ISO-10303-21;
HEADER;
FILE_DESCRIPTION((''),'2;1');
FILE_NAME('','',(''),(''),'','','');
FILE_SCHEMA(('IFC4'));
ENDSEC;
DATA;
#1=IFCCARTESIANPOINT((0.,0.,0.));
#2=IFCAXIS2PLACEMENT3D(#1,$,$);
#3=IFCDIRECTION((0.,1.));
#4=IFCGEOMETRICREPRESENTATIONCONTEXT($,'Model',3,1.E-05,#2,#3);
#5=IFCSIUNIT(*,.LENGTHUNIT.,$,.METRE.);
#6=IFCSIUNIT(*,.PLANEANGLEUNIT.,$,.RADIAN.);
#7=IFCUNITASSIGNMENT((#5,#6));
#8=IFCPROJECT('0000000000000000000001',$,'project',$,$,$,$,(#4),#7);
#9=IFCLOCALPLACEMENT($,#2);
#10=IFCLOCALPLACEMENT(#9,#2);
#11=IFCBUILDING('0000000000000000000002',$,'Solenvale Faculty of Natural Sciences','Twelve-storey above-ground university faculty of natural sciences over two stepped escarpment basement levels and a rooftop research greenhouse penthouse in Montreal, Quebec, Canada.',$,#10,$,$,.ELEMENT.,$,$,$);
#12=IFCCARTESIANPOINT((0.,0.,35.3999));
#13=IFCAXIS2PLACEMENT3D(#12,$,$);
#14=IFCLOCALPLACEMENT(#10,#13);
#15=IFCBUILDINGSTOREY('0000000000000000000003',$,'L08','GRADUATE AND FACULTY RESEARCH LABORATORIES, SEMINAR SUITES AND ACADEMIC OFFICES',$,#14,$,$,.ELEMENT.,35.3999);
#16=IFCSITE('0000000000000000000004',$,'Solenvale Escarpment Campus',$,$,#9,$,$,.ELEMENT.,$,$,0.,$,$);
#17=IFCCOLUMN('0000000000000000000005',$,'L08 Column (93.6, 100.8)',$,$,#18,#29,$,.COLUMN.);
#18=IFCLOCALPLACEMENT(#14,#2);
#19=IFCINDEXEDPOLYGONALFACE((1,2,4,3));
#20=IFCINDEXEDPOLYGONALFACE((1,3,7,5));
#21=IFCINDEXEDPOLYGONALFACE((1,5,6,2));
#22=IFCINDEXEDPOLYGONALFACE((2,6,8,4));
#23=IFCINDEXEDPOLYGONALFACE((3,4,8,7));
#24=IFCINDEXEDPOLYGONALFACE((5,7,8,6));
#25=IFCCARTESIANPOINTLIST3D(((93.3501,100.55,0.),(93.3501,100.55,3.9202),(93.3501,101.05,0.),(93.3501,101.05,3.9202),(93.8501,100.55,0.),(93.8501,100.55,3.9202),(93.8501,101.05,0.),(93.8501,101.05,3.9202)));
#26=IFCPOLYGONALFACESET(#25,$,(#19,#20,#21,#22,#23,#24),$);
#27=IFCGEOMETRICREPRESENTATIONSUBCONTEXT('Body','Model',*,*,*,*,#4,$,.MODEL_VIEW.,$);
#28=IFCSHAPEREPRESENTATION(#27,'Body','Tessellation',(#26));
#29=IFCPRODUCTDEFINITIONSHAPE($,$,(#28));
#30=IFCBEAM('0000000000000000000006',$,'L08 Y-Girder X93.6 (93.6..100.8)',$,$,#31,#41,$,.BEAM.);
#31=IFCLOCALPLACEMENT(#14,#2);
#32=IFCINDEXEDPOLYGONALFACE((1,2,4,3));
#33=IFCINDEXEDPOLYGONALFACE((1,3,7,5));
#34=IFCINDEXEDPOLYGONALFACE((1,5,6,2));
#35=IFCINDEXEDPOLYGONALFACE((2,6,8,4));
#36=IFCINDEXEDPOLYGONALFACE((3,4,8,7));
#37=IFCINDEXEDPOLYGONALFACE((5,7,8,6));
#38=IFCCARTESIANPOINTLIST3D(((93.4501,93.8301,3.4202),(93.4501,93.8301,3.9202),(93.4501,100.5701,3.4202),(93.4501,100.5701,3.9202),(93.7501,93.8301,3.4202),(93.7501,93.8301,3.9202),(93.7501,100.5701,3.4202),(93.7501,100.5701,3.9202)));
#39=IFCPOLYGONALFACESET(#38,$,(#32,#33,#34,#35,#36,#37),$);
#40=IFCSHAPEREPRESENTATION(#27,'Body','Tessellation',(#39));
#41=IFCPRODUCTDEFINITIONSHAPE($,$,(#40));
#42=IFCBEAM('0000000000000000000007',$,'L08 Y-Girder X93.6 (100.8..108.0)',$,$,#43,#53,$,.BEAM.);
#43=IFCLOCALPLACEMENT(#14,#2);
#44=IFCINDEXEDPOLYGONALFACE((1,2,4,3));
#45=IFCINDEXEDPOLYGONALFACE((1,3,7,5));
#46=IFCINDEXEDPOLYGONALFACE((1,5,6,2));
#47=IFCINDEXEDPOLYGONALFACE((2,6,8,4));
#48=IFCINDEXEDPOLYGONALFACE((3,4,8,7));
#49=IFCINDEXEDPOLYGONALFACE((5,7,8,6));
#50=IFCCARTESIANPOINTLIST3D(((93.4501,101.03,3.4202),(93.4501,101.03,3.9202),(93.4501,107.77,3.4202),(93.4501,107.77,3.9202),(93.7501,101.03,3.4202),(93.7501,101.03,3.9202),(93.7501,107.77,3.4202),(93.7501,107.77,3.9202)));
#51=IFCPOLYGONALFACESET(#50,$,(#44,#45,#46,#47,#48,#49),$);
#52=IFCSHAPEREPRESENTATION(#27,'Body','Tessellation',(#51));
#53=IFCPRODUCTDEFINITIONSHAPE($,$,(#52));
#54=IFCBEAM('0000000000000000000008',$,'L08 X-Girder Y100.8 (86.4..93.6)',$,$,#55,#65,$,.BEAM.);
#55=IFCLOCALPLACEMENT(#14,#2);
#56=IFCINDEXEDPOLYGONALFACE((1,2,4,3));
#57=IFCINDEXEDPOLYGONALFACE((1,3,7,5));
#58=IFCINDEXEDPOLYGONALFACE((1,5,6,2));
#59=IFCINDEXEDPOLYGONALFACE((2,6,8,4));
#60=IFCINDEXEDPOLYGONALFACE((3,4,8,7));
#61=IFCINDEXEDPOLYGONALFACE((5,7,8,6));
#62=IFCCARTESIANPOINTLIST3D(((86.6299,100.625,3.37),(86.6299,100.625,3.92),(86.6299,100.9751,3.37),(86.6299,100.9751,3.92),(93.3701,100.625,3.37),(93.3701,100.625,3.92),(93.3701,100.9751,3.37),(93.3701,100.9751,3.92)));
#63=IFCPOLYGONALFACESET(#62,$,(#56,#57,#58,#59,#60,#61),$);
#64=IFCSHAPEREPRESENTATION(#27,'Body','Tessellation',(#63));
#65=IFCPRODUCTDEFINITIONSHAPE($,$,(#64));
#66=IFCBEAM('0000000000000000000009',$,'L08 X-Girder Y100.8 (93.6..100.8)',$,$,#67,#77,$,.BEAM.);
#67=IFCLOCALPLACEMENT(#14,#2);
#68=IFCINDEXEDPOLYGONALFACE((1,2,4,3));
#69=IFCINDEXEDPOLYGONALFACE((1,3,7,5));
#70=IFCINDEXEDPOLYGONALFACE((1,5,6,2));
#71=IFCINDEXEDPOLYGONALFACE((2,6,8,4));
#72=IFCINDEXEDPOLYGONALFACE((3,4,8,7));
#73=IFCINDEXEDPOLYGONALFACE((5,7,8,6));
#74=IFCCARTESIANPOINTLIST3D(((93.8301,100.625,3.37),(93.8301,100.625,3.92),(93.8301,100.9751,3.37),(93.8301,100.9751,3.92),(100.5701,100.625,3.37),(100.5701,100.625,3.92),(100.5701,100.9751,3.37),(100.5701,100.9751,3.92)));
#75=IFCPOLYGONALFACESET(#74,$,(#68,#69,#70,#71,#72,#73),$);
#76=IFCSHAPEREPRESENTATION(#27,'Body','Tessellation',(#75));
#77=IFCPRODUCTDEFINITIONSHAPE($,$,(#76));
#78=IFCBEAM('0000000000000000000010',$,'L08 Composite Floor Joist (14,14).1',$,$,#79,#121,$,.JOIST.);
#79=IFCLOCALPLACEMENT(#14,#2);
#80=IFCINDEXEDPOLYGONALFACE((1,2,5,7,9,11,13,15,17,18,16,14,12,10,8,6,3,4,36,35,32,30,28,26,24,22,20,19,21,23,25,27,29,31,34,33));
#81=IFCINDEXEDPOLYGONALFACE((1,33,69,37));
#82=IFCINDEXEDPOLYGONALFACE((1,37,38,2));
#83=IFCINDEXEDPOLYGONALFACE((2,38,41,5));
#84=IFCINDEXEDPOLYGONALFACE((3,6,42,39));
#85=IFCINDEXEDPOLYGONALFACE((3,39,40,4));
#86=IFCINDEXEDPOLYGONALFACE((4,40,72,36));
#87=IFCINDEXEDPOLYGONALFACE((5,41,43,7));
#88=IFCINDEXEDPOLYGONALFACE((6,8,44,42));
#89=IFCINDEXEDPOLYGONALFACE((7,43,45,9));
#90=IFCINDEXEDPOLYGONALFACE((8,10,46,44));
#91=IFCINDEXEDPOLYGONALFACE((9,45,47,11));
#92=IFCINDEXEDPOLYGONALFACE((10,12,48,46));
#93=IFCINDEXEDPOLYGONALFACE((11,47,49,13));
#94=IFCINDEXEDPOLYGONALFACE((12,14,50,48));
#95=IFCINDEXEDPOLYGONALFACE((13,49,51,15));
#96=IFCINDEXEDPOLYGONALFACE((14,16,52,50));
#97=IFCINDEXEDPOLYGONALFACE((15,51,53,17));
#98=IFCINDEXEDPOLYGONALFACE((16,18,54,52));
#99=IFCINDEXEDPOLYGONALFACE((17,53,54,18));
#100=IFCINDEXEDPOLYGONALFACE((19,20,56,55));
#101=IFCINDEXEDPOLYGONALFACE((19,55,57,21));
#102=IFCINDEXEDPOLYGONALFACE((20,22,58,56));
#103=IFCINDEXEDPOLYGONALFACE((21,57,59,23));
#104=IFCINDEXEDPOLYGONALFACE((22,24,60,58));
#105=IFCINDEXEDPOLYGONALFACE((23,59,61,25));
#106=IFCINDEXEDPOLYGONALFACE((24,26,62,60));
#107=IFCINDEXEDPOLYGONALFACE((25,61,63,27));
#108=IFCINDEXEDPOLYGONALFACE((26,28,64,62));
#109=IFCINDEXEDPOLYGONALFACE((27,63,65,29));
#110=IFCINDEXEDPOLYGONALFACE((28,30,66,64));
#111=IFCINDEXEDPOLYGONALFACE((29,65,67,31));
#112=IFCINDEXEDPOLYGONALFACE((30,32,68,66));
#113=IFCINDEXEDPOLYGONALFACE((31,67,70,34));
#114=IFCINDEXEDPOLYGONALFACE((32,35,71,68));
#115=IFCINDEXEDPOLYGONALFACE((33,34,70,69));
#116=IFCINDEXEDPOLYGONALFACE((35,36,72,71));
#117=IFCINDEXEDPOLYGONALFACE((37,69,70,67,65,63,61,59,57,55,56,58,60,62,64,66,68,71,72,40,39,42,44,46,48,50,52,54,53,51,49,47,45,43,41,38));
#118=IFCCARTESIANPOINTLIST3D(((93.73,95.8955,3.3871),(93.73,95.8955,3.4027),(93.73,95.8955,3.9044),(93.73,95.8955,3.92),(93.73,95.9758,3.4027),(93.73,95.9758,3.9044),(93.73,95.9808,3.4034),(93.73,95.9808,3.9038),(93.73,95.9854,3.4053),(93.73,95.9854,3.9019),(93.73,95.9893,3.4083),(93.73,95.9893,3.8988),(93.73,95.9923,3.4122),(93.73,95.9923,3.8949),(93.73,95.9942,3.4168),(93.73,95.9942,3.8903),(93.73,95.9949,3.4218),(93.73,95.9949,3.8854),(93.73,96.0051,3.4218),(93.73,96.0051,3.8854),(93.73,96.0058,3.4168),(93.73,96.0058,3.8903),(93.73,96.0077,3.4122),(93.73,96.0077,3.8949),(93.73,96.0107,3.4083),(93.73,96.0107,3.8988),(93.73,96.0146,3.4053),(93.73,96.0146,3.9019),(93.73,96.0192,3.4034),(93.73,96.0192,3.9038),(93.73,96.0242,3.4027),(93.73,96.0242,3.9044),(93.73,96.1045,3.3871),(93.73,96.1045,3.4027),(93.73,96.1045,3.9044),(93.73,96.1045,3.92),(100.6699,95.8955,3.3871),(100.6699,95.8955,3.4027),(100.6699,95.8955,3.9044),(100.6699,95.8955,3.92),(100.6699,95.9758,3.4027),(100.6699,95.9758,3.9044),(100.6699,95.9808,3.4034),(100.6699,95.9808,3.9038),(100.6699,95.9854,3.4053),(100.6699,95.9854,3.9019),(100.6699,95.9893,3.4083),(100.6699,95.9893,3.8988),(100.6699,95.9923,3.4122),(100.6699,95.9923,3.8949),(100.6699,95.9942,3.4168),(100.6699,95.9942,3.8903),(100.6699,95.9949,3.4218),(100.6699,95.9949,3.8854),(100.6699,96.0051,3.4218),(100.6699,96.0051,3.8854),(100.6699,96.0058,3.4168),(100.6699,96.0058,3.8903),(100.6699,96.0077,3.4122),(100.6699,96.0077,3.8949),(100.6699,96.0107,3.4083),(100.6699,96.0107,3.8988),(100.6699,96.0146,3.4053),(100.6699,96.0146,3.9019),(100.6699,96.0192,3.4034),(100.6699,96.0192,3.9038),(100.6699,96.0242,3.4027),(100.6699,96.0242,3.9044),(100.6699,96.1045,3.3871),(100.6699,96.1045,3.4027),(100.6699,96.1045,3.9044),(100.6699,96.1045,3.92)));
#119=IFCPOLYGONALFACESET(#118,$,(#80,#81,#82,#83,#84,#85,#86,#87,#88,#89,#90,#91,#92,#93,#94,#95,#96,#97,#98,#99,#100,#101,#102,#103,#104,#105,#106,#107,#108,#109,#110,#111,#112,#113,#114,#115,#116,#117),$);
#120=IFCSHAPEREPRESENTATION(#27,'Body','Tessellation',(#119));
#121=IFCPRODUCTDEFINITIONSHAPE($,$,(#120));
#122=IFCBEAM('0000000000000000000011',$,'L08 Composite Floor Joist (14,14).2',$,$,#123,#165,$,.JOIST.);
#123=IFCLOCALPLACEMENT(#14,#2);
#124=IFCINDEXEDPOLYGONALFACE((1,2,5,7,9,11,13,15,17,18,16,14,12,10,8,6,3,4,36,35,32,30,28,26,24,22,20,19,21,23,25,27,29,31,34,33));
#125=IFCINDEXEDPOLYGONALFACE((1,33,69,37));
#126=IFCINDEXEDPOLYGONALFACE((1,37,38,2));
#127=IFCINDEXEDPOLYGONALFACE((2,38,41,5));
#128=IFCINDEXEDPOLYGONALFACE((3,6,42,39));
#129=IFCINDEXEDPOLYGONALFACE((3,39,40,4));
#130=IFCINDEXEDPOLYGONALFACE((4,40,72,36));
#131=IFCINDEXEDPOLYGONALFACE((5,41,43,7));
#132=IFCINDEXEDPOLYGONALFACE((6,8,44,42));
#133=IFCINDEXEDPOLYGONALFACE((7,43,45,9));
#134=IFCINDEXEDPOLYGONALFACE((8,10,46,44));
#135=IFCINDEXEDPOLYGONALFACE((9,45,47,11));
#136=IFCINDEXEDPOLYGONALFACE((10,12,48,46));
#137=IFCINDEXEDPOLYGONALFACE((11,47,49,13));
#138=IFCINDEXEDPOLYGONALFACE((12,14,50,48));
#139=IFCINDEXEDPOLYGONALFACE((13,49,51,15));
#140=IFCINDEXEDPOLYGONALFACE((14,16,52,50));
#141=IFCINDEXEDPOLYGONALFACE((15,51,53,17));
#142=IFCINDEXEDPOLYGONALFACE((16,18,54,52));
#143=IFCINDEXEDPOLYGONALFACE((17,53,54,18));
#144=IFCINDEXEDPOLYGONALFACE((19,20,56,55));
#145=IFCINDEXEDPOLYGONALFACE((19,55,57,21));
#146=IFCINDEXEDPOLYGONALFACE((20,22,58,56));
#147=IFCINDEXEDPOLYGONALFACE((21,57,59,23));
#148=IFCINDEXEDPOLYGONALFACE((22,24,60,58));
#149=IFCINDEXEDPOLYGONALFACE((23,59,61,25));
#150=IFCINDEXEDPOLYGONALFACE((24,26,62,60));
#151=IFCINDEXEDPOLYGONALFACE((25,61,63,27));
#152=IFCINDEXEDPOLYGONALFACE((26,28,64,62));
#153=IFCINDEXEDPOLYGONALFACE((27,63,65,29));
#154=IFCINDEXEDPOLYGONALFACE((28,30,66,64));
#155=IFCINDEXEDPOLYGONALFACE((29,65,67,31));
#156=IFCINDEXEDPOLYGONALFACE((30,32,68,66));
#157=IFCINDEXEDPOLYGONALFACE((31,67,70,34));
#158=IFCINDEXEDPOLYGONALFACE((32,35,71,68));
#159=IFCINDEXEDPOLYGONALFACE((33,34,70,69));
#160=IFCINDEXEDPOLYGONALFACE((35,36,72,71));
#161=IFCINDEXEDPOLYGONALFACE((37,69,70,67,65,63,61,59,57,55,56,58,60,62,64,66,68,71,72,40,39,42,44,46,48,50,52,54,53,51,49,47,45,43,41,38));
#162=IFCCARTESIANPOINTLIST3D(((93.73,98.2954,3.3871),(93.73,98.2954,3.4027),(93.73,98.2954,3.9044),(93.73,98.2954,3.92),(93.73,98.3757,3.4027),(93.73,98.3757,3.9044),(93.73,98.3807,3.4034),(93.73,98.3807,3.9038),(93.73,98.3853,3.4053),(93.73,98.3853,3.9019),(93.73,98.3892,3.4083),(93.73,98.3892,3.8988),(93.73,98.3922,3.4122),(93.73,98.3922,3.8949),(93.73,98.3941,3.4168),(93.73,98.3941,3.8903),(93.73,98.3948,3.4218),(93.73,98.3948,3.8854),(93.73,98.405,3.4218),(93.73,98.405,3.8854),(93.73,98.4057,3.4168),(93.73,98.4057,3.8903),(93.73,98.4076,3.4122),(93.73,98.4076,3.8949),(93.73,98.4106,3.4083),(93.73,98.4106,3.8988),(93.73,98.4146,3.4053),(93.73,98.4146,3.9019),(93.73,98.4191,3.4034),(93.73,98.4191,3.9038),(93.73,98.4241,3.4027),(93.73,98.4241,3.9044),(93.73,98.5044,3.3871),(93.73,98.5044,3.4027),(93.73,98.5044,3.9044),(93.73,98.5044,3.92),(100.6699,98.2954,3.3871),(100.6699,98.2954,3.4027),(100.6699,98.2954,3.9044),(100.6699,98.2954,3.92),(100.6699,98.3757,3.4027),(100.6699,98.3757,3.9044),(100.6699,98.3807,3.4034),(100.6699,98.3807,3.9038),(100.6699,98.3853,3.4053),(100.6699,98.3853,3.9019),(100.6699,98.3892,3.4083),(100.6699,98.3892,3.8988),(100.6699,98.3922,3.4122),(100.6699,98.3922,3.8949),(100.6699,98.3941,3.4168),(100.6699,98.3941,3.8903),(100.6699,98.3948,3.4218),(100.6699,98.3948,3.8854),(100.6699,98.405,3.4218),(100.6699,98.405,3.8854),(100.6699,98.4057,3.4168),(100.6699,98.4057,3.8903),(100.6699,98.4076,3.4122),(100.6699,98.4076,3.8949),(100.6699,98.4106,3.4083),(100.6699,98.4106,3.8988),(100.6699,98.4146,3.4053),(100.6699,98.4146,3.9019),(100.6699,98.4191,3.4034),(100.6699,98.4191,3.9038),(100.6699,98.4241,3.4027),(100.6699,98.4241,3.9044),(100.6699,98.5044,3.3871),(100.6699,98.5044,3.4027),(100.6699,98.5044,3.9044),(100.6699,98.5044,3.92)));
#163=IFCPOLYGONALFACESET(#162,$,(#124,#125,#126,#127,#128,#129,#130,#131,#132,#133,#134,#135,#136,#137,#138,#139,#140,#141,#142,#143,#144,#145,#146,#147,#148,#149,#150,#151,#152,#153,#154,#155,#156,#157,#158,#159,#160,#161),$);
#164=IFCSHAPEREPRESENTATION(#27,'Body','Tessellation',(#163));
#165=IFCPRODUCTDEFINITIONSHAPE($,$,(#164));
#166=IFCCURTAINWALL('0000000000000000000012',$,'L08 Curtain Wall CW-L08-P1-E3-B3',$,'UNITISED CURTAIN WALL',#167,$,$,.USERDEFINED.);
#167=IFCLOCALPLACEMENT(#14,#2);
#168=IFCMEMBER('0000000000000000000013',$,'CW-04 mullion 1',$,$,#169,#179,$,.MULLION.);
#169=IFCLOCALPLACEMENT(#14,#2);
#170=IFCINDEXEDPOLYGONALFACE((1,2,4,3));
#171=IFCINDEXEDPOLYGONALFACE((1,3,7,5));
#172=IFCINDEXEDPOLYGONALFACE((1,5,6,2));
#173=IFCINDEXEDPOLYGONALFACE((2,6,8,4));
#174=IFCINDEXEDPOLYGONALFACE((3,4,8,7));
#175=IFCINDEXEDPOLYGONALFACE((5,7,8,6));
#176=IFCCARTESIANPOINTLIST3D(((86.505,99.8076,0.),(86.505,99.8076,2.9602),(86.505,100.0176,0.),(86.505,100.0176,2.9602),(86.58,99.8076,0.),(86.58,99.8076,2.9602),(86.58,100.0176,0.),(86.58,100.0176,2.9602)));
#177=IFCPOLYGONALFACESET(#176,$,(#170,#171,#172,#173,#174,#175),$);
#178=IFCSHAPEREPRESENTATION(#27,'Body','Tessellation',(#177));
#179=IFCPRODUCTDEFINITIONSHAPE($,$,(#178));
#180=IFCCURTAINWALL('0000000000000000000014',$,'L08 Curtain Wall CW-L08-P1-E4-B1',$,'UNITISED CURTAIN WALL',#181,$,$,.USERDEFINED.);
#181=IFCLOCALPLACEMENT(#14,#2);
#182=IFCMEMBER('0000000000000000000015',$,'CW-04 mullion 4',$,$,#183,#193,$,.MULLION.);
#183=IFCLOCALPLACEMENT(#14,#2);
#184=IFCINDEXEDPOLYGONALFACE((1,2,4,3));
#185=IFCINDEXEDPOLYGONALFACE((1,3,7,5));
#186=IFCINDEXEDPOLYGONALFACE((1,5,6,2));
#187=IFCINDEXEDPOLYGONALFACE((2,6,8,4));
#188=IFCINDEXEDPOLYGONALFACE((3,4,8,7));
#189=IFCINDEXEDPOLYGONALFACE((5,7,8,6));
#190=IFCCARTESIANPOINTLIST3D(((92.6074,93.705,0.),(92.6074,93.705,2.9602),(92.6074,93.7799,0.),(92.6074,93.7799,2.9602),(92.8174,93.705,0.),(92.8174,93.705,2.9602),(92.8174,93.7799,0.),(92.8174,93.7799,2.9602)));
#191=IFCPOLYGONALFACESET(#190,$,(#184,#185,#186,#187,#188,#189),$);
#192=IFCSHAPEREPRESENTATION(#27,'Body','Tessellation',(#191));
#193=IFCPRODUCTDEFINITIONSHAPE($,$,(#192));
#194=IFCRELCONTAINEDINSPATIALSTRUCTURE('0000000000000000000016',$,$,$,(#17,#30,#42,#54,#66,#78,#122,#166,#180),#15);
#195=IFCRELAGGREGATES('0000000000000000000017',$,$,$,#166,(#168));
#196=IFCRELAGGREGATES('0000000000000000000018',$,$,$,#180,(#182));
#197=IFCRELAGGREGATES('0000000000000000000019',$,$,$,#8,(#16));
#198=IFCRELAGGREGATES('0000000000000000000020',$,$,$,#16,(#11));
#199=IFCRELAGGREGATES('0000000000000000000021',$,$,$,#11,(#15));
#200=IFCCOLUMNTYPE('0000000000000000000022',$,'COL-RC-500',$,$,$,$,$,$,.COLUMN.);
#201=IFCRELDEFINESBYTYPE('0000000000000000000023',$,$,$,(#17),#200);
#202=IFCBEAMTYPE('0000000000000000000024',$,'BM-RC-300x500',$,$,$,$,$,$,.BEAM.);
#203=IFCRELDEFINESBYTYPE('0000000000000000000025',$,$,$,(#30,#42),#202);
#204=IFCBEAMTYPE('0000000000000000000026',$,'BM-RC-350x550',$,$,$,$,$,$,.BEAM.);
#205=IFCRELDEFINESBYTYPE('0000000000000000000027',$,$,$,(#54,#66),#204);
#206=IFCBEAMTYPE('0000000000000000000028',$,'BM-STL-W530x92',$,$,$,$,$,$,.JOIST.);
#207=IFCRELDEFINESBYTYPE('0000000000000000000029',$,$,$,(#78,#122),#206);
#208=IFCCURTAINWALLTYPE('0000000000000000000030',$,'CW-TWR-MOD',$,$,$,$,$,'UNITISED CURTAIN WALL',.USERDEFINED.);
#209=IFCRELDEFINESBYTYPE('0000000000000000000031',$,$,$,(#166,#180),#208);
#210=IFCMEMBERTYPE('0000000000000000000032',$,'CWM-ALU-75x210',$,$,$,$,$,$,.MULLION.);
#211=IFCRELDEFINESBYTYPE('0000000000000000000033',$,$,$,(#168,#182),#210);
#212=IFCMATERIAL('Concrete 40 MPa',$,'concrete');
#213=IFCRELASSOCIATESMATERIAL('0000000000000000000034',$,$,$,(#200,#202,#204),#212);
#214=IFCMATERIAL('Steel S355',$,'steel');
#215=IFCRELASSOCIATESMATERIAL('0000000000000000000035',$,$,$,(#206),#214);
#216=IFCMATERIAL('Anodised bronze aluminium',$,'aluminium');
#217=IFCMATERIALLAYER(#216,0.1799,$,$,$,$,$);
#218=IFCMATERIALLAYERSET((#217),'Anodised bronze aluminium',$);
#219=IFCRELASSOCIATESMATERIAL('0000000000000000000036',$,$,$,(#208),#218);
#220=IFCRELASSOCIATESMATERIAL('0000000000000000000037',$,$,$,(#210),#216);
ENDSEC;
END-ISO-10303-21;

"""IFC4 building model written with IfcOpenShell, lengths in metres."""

from ifc_helpers import new_model, si_unit, direction, frame, origin, origin_2d, place, context, subcontext, project, spatial, rectangle, i_section, extrude, material, layer, layer_set, material_profile, profile_set, type_object, element, aggregate, save


model = new_model("IFC4")

# Units and contexts
model_context = context("Model", 3, precision=1e-05, world=origin(), true_north=direction((0.0, 1.0)))
body_context = subcontext(model_context, "Body", "Model", "MODEL_VIEW")
ifc_project = project(units=[si_unit("LENGTHUNIT", "METRE"), si_unit("PLANEANGLEUNIT", "RADIAN")], contexts=[model_context])

# Site, building, storey
site_placement = place(None, origin())
site = spatial("IfcSite", under=ifc_project, at=site_placement, Name="Solenvale Escarpment Campus", CompositionType="ELEMENT", RefElevation=0.0)
building_placement = place(site_placement, origin())
building = spatial("IfcBuilding", under=site, at=building_placement, Name="Solenvale Faculty of Natural Sciences", Description="Twelve-storey above-ground university faculty of natural sciences over two stepped escarpment basement levels and a rooftop research greenhouse penthouse in Montreal, Quebec, Canada.", CompositionType="ELEMENT")
storey_placement = place(building_placement, frame((0.0, 0.0, 35.3999)))
storey = spatial("IfcBuildingStorey", under=building, at=storey_placement, Name="L08", Description="GRADUATE AND FACULTY RESEARCH LABORATORIES, SEMINAR SUITES AND ACADEMIC OFFICES", CompositionType="ELEMENT", Elevation=35.3999)

# Column
ifc_material_1 = material(Name="Concrete 40 MPa", Category="concrete")
ifc_material_profile_1 = material_profile(ifc_material_1, rectangle(XDim=0.5, YDim=0.5, at=origin_2d()), Name="RC-COL-500x500")
ifc_profile_set_1 = profile_set([ifc_material_profile_1], Name="Concrete 40 MPa")
column_type = type_object("IfcColumnType", Name="COL-RC-500", PredefinedType="COLUMN", material=ifc_profile_set_1)
column_placement = place(storey_placement, frame((93.6001, 100.8, 0.0), z_axis=(0.0, 0.0, 1.0), x_axis=(1.0, 0.0, 0.0)))
element("IfcColumn", 1, at=column_placement, inside=storey, type_object=column_type, Name="L08 Column (93.6, 100.8)", PredefinedType="COLUMN", context=body_context, shape_type="SweptSolid", body=[
    extrude(rectangle(XDim=0.5, YDim=0.5, at=origin_2d()), origin(), (0.0, 0.0, 1.0), 3.9202),
])

# Beams
ifc_material_profile_2 = material_profile(ifc_material_1, rectangle(XDim=0.3, YDim=0.5, at=origin_2d()), Name="RC-BM-300x500")
ifc_profile_set_2 = profile_set([ifc_material_profile_2], Name="Concrete 40 MPa")
beam_type_1 = type_object("IfcBeamType", Name="BM-RC-300x500", PredefinedType="BEAM", material=ifc_profile_set_2)
for number, where, z_axis, x_axis, name in (
    (2, (93.6001, 93.8301, 3.6702), (0.0, 1.0, 0.0), (-1.0, 0.0, 0.0), "L08 Y-Girder X93.6 (93.6..100.8)"),
    (3, (93.6001, 101.03, 3.6702), (0.0, 1.0, 0.0), (-1.0, 0.0, 0.0), "L08 Y-Girder X93.6 (100.8..108.0)"),
):
    element("IfcBeam", number, at=place(storey_placement, frame(where, z_axis=z_axis, x_axis=x_axis)), inside=storey, type_object=beam_type_1, Name=name, PredefinedType="BEAM", context=body_context, shape_type="SweptSolid", body=[
        extrude(rectangle(XDim=0.3, YDim=0.5, at=origin_2d()), origin(), (0.0, 0.0, 1.0), 6.74),
    ])
ifc_material_profile_3 = material_profile(ifc_material_1, rectangle(XDim=0.3501, YDim=0.55, at=origin_2d()), Name="RC-BM-350x550")
ifc_profile_set_3 = profile_set([ifc_material_profile_3], Name="Concrete 40 MPa")
beam_type_2 = type_object("IfcBeamType", Name="BM-RC-350x550", PredefinedType="BEAM", material=ifc_profile_set_3)
beam_1_placement = place(storey_placement, frame((86.6299, 100.8, 3.645), z_axis=(1.0, 0.0, 0.0), x_axis=(0.0, 1.0, 0.0)))
element("IfcBeam", 4, at=beam_1_placement, inside=storey, type_object=beam_type_2, Name="L08 X-Girder Y100.8 (86.4..93.6)", PredefinedType="BEAM", context=body_context, shape_type="SweptSolid", body=[
    extrude(rectangle(XDim=0.3501, YDim=0.55, at=origin_2d()), origin(), (0.0, 0.0, 1.0), 6.7402),
])
beam_2_placement = place(storey_placement, frame((93.8301, 100.8, 3.645), z_axis=(1.0, 0.0, 0.0), x_axis=(0.0, 1.0, 0.0)))
element("IfcBeam", 5, at=beam_2_placement, inside=storey, type_object=beam_type_2, Name="L08 X-Girder Y100.8 (93.6..100.8)", PredefinedType="BEAM", context=body_context, shape_type="SweptSolid", body=[
    extrude(rectangle(XDim=0.3501, YDim=0.55, at=origin_2d()), origin(), (0.0, 0.0, 1.0), 6.74),
])
ifc_material_2 = material(Name="Steel S355", Category="steel")
ifc_material_profile_4 = material_profile(ifc_material_2, i_section(OverallWidth=0.209, OverallDepth=0.533, WebThickness=0.0103, FlangeThickness=0.0156, FilletRadius=0.019, at=origin_2d()), Name="W530x92")
ifc_profile_set_4 = profile_set([ifc_material_profile_4], Name="Steel S355")
beam_type_3 = type_object("IfcBeamType", Name="BM-STL-W530x92", PredefinedType="JOIST", material=ifc_profile_set_4)
for number, where, z_axis, x_axis, name in (
    (6, (93.73, 96.0, 3.6536), (1.0, 0.0, 0.0), (0.0, 1.0, 0.0), "L08 Composite Floor Joist (14,14).1"),
    (7, (93.73, 98.3999, 3.6536), (1.0, 0.0, 0.0), (0.0, 1.0, 0.0), "L08 Composite Floor Joist (14,14).2"),
):
    element("IfcBeam", number, at=place(storey_placement, frame(where, z_axis=z_axis, x_axis=x_axis)), inside=storey, type_object=beam_type_3, Name=name, PredefinedType="JOIST", context=body_context, shape_type="SweptSolid", body=[
        extrude(i_section(OverallWidth=0.209, OverallDepth=0.533, WebThickness=0.0103, FlangeThickness=0.0156, FilletRadius=0.019, at=origin_2d()), origin(), (0.0, 0.0, 1.0), 6.9399),
    ])

# Curtain walls, members
ifc_material_3 = material(Name="Anodised bronze aluminium", Category="aluminium")
ifc_layer_1 = layer(ifc_material_3, 0.1799)
ifc_layer_set_1 = layer_set([ifc_layer_1], Name="Anodised bronze aluminium")
curtain_wall_type = type_object("IfcCurtainWallType", Name="CW-TWR-MOD", ElementType="UNITISED CURTAIN WALL", PredefinedType="USERDEFINED", material=ifc_layer_set_1)
curtain_wall_1_placement = place(storey_placement, origin())
curtain_wall_1 = element("IfcCurtainWall", 8, at=curtain_wall_1_placement, inside=storey, type_object=curtain_wall_type, Name="L08 Curtain Wall CW-L08-P1-E3-B3", ObjectType="UNITISED CURTAIN WALL", PredefinedType="USERDEFINED")
ifc_material_profile_5 = material_profile(ifc_material_3, rectangle(XDim=0.075, YDim=0.21, at=origin_2d()), Name="ALU-MUL-75x210")
ifc_profile_set_5 = profile_set([ifc_material_profile_5], Name="Anodised bronze aluminium")
member_type_1 = type_object("IfcMemberType", Name="CWM-ALU-75x210", PredefinedType="MULLION", material=ifc_profile_set_5)
member_1_placement = place(storey_placement, frame((86.5425, 99.9126, 0.0), z_axis=(0.0, 0.0, 1.0), x_axis=(1.0, 0.0, 0.0)))
member_1 = element("IfcMember", 9, at=member_1_placement, type_object=member_type_1, Name="CW-04 mullion 1", PredefinedType="MULLION", context=body_context, shape_type="SweptSolid", body=[
    extrude(rectangle(XDim=0.075, YDim=0.21, at=origin_2d()), origin(), (0.0, 0.0, 1.0), 2.9602),
])
aggregate(curtain_wall_1, [member_1])
curtain_wall_2_placement = place(storey_placement, origin())
curtain_wall_2 = element("IfcCurtainWall", 10, at=curtain_wall_2_placement, inside=storey, type_object=curtain_wall_type, Name="L08 Curtain Wall CW-L08-P1-E4-B1", ObjectType="UNITISED CURTAIN WALL", PredefinedType="USERDEFINED")
member_2_placement = place(storey_placement, frame((92.7124, 93.7424, 0.0), z_axis=(0.0, 0.0, 1.0), x_axis=(0.0, 1.0, 0.0)))
member_2 = element("IfcMember", 11, at=member_2_placement, type_object=member_type_1, Name="CW-04 mullion 4", PredefinedType="MULLION", context=body_context, shape_type="SweptSolid", body=[
    extrude(rectangle(XDim=0.075, YDim=0.21, at=origin_2d()), origin(), (0.0, 0.0, 1.0), 2.9602),
])

aggregate(curtain_wall_2, [member_2])

save(model, "model.ifc")
